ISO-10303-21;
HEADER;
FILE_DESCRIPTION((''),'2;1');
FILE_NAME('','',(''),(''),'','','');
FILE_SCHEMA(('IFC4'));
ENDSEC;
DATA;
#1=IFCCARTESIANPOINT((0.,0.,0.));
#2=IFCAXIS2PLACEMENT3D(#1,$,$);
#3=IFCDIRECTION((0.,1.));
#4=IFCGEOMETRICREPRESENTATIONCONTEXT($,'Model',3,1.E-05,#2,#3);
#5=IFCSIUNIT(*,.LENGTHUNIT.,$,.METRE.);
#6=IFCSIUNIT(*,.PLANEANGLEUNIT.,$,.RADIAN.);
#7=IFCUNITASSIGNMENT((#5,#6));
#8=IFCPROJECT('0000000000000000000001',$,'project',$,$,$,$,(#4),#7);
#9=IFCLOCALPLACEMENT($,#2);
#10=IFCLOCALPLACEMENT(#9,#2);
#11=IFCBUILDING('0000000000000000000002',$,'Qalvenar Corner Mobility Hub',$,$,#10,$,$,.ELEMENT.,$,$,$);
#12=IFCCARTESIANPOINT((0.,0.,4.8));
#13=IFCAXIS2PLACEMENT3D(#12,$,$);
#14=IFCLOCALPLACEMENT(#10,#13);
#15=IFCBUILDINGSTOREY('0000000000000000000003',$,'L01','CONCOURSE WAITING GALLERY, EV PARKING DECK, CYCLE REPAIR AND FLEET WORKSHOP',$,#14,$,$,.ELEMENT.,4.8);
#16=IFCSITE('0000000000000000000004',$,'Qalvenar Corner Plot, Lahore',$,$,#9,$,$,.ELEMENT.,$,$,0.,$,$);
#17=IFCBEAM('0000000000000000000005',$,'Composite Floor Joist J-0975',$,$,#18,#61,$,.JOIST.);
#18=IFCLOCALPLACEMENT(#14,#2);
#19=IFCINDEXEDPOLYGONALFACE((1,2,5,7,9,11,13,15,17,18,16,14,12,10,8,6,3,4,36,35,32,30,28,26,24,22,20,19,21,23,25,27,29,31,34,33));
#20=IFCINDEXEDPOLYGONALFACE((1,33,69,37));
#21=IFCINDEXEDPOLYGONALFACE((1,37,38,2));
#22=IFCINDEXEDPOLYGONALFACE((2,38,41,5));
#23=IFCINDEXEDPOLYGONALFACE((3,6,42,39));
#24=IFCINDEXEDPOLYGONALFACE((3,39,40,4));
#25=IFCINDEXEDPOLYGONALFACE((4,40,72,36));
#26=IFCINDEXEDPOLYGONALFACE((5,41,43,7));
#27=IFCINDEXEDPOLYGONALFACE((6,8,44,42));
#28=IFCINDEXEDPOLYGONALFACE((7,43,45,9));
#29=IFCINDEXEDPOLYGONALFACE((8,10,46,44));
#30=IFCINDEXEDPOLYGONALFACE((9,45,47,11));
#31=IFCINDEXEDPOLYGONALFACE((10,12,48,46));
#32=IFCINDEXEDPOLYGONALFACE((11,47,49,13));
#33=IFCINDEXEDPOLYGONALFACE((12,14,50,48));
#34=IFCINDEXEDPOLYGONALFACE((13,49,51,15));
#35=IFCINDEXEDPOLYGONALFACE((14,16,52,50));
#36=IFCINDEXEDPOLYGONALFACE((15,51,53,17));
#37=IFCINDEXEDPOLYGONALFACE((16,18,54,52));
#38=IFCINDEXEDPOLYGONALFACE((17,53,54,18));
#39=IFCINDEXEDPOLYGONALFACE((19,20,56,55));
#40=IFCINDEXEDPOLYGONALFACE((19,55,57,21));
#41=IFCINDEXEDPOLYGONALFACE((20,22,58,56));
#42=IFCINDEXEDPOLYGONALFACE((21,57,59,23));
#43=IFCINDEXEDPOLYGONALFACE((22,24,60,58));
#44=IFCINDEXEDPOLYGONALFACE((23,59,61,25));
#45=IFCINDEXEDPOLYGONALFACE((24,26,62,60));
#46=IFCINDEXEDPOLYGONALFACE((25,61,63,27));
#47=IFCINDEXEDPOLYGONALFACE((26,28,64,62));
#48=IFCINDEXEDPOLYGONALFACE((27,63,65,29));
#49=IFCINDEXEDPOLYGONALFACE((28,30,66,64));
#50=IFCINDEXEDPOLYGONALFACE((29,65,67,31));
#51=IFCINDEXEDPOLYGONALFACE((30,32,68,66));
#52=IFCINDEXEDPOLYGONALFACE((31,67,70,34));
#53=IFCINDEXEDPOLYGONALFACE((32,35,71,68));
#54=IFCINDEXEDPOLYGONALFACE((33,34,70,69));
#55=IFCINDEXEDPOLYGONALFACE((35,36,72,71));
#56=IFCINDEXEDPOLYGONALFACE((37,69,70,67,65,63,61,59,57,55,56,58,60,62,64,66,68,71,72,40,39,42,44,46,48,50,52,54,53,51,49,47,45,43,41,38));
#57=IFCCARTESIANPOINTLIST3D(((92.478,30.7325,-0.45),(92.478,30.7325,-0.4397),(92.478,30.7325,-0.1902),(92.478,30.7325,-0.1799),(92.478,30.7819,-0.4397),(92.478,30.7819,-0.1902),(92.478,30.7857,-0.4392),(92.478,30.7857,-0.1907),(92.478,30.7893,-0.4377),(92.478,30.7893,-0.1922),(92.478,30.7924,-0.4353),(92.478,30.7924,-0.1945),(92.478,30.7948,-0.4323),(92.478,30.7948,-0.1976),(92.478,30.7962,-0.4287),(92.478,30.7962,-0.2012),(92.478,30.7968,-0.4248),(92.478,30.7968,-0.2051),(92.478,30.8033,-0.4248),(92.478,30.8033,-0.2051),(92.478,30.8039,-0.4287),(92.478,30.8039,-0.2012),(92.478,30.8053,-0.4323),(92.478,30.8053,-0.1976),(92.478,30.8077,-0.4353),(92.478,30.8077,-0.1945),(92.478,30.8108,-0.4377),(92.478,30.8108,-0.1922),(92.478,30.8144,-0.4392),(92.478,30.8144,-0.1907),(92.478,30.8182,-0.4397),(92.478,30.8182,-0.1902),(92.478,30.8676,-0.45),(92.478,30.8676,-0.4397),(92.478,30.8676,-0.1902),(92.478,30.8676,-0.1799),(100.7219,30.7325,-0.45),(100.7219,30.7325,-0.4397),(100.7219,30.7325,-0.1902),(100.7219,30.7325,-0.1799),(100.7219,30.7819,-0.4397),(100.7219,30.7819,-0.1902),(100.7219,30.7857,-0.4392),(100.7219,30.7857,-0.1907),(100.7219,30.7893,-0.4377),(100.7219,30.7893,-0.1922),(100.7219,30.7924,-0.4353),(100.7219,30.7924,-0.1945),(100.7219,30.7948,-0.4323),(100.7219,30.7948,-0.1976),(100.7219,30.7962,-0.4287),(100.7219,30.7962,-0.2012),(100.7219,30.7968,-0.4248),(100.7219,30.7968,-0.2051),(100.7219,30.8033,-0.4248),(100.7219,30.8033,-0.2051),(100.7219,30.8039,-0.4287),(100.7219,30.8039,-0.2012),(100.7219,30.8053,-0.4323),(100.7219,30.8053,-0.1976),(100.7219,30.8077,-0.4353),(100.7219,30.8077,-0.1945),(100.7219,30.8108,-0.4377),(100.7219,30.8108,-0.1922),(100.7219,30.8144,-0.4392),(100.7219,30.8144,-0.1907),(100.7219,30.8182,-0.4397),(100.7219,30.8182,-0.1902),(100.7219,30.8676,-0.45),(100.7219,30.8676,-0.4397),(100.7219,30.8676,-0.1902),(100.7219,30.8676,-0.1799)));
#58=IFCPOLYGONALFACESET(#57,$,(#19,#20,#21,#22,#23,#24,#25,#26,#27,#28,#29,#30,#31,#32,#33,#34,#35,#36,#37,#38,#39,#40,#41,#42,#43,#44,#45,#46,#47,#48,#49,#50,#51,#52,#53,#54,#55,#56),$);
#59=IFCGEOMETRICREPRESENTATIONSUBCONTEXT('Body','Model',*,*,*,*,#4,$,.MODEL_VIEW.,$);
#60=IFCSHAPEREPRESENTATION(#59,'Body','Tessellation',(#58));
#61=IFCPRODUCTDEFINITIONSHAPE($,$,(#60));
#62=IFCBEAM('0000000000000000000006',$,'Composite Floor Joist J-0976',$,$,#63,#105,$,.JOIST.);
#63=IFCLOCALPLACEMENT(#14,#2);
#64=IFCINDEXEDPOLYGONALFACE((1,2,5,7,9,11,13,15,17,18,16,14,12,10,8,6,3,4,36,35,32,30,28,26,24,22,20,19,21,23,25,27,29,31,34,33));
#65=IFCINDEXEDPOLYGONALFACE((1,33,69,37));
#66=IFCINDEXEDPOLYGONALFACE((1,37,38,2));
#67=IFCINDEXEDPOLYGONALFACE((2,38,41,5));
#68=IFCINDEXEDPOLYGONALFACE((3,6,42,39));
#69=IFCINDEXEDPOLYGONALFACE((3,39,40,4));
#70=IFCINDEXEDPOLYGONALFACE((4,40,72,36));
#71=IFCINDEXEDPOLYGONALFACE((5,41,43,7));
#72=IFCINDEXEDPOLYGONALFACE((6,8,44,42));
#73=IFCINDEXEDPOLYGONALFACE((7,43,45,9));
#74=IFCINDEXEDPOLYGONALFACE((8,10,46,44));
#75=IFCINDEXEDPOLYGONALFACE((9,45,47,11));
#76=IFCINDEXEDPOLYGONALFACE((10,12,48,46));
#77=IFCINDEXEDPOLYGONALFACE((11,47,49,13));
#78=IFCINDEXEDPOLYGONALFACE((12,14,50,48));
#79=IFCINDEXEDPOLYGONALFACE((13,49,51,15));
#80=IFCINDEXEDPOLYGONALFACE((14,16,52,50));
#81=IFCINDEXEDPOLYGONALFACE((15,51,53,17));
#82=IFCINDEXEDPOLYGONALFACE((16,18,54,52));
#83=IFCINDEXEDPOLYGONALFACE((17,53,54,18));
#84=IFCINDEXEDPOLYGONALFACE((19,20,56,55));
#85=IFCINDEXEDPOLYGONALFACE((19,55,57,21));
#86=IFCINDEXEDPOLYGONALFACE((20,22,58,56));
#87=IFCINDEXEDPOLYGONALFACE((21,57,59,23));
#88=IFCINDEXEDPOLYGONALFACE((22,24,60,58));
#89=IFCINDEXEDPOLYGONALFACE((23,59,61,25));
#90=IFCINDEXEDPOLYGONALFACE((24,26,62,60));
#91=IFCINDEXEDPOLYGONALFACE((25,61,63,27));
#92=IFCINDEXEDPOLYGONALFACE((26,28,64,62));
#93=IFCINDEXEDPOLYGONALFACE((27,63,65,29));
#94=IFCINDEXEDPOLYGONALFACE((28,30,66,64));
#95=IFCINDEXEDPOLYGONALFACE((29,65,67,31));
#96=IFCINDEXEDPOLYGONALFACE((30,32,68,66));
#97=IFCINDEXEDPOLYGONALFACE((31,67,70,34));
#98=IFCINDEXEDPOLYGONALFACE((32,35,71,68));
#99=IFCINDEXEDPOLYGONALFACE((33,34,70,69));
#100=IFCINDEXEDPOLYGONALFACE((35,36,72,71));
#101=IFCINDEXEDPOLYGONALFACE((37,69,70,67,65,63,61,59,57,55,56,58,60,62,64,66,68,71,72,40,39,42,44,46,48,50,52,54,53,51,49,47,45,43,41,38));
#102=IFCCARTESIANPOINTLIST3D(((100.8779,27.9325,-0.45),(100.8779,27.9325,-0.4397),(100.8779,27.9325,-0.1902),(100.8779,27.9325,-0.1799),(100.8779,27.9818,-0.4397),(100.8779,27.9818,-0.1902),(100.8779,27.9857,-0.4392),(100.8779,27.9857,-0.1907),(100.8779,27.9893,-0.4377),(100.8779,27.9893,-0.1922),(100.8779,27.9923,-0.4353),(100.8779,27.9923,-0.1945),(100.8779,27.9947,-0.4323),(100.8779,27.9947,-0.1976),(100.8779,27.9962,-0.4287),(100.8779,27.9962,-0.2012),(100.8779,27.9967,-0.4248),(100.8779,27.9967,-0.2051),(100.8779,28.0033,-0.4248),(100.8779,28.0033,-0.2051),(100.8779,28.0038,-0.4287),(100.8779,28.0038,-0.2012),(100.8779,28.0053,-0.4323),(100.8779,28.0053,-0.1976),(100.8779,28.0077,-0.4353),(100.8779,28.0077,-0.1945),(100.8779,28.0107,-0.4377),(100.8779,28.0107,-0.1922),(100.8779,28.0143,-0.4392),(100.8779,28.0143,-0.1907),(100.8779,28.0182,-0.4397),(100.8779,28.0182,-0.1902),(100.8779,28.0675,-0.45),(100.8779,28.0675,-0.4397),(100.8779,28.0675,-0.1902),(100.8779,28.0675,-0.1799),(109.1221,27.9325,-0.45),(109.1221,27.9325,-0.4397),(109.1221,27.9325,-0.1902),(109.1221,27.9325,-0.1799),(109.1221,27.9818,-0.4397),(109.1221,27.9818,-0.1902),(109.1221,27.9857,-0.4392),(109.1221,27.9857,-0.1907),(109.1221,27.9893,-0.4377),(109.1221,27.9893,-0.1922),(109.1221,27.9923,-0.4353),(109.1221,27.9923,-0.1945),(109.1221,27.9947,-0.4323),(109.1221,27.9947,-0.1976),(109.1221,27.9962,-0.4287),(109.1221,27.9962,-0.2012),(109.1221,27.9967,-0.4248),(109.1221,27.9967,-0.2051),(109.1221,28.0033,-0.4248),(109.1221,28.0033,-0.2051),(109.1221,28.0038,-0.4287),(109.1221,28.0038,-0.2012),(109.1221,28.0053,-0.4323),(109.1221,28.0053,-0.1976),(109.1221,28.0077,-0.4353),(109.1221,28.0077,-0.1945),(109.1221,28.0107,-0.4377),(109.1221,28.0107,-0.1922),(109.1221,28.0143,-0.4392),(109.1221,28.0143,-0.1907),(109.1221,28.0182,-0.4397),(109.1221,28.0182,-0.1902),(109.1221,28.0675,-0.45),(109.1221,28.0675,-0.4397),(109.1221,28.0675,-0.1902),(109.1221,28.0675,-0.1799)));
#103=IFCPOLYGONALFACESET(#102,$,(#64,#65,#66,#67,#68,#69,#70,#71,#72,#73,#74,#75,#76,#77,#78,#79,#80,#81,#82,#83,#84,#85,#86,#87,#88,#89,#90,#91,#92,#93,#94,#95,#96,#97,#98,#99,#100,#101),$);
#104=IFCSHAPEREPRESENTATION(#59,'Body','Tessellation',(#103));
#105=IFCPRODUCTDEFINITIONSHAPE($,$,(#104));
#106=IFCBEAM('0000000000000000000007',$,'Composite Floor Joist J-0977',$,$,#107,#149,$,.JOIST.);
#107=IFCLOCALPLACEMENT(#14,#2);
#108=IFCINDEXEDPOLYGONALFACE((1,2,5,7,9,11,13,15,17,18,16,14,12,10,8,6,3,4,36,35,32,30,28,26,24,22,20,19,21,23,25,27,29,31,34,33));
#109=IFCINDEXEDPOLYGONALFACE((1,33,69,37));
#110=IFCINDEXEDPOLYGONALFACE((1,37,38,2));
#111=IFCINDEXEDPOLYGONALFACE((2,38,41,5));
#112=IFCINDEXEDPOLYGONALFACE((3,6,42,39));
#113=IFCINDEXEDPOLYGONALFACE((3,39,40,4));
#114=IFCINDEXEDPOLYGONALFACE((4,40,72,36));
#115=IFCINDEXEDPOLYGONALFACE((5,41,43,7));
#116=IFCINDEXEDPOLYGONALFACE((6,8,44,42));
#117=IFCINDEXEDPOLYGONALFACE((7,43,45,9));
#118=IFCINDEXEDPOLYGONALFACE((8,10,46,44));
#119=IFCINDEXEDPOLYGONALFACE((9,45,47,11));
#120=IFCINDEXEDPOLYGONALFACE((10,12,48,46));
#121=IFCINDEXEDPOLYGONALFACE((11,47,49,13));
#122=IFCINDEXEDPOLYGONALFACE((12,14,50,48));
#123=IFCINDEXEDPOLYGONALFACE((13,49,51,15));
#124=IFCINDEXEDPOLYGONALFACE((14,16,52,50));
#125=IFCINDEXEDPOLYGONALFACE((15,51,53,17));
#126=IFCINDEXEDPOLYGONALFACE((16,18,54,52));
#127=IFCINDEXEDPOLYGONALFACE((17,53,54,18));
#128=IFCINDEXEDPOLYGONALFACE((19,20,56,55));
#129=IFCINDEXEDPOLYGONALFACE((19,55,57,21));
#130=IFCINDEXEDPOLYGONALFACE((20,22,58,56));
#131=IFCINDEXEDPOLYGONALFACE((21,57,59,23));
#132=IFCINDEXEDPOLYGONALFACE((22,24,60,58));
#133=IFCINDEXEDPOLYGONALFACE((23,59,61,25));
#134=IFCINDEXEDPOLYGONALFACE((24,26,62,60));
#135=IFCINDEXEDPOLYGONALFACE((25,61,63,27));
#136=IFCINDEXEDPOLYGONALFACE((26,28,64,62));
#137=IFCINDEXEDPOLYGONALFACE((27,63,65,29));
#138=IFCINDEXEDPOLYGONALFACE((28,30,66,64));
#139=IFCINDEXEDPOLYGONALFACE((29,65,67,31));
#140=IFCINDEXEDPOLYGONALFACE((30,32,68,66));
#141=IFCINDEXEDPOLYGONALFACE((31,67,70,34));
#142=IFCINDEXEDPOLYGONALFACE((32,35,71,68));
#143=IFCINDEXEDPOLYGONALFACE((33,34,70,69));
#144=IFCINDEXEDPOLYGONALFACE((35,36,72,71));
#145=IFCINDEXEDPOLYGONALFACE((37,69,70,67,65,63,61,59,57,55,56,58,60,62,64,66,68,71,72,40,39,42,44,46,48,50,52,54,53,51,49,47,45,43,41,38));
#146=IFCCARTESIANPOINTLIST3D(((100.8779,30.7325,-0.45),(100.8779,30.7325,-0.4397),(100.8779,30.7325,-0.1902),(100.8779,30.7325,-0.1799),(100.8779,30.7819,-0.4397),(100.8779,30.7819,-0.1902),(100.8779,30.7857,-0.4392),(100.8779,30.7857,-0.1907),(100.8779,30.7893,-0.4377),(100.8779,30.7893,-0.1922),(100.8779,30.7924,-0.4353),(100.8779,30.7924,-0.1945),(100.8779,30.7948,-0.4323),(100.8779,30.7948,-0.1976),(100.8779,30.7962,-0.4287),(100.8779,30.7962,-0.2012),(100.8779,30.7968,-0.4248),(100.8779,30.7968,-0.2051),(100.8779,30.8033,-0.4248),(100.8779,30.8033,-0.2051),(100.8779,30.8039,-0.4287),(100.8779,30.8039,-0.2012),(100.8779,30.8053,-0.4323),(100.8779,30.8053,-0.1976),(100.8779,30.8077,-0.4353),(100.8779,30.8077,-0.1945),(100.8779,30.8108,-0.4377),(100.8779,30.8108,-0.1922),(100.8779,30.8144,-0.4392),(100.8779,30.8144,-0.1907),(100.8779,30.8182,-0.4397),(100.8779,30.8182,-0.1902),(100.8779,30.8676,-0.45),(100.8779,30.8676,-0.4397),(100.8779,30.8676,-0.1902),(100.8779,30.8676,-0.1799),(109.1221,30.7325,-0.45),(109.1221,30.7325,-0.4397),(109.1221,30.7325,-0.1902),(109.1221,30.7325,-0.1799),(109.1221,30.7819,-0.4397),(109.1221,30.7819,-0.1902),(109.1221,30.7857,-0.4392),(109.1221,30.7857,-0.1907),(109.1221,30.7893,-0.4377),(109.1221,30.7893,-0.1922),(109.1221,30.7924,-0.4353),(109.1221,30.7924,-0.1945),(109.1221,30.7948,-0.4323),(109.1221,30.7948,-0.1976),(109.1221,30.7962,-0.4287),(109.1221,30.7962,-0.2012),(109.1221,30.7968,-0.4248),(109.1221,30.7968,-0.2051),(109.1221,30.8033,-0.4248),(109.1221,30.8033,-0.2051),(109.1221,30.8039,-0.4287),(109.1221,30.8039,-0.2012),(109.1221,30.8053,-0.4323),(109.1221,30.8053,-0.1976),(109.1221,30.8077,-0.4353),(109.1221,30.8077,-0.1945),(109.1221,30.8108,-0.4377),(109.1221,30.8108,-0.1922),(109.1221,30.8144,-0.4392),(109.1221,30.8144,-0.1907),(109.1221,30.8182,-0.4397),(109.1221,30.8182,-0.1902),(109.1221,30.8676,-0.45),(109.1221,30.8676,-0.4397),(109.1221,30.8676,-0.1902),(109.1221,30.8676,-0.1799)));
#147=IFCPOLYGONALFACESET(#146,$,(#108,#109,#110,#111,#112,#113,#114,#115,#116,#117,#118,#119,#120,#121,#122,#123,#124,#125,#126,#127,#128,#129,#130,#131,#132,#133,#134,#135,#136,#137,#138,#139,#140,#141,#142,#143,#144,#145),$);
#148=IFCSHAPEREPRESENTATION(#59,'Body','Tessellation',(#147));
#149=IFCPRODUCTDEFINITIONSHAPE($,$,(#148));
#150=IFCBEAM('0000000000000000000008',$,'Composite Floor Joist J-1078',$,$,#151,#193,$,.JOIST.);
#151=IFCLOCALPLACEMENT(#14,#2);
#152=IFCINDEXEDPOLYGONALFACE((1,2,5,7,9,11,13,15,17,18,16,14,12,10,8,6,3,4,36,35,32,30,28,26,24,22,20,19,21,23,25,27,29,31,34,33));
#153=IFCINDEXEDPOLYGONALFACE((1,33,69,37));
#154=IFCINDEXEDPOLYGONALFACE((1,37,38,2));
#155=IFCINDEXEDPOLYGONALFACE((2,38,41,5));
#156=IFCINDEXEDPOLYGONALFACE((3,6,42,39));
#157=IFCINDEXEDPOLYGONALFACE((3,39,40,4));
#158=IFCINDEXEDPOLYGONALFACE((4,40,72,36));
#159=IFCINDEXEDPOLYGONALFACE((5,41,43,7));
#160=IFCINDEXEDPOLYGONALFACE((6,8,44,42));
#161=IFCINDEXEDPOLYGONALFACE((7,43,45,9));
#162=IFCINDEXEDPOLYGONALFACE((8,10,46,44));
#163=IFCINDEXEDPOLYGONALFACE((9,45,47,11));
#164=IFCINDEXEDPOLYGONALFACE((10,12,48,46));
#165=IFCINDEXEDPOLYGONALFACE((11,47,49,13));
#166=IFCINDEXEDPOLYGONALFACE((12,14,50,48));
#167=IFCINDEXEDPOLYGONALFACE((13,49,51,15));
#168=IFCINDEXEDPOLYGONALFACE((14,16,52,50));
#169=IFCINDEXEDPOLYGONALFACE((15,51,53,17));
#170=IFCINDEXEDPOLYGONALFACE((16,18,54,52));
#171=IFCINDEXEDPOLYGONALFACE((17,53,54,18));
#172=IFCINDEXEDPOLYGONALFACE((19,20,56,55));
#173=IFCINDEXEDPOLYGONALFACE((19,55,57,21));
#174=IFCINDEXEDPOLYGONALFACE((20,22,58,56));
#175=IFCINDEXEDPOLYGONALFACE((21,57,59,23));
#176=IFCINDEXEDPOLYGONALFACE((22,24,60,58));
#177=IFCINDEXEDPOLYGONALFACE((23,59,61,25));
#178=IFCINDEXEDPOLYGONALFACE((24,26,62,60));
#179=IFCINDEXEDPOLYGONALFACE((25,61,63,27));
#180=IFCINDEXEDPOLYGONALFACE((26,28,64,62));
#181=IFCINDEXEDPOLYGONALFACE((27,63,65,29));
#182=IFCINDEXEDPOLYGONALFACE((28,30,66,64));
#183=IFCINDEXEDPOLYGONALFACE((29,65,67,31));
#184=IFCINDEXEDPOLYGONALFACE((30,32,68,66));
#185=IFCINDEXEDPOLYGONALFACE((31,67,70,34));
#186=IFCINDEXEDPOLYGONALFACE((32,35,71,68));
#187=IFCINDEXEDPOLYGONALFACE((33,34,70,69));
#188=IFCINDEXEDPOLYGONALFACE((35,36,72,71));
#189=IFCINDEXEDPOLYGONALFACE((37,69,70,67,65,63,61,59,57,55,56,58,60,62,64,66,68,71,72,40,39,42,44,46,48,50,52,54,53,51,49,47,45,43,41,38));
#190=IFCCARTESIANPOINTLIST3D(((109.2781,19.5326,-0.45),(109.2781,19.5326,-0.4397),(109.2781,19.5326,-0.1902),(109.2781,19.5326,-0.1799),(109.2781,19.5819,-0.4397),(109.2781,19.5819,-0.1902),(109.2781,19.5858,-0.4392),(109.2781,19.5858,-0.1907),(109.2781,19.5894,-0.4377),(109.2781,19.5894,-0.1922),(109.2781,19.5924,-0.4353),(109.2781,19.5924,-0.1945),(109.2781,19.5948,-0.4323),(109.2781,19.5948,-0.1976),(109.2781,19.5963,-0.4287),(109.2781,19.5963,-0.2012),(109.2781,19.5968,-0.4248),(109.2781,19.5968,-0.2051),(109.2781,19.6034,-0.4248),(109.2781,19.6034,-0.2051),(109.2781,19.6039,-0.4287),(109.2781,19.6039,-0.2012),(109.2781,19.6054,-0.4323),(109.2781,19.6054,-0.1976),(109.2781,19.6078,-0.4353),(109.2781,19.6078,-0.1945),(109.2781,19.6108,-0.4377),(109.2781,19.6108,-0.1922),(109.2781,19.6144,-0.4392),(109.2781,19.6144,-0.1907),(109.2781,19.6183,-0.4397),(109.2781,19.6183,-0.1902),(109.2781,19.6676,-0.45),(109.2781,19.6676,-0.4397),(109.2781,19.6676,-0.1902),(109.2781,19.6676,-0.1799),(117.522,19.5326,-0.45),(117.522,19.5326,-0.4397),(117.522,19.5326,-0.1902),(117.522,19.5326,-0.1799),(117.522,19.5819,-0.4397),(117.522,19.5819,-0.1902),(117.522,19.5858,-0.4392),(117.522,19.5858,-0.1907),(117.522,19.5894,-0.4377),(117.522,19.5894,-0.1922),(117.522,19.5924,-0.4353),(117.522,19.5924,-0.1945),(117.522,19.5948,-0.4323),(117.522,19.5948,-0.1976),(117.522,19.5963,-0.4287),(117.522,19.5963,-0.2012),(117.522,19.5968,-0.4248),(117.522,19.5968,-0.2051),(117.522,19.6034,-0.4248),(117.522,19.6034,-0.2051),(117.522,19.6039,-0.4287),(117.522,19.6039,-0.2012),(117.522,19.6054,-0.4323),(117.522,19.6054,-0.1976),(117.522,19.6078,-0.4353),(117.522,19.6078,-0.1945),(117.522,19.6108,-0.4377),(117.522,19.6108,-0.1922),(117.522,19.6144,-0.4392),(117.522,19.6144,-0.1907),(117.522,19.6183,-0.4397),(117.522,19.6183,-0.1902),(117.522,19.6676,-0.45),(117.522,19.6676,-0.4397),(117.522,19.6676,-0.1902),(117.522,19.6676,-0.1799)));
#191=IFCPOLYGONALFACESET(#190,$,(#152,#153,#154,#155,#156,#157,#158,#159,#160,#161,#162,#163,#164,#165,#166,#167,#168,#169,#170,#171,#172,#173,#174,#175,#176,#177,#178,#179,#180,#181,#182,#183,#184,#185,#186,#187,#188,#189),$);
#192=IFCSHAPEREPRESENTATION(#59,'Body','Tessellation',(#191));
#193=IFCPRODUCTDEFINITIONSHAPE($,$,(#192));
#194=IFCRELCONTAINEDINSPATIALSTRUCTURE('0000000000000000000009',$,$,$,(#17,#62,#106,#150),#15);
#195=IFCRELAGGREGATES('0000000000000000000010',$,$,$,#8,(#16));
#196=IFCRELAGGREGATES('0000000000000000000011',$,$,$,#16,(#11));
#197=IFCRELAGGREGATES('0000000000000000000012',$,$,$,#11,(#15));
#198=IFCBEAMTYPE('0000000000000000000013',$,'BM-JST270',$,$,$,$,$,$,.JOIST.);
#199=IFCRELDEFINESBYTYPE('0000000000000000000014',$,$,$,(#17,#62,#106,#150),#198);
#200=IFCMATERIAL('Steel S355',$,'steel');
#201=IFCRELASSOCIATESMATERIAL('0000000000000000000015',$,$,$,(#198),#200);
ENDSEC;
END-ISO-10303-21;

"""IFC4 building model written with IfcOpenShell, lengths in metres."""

from ifc_helpers import new_model, si_unit, direction, frame, origin, origin_2d, place, context, subcontext, project, spatial, i_section, extrude, material, material_profile, profile_set, type_object, element, save


model = new_model("IFC4")

# Units and contexts
model_context = context("Model", 3, precision=1e-05, world=origin(), true_north=direction((0.0, 1.0)))
body_context = subcontext(model_context, "Body", "Model", "MODEL_VIEW")
ifc_project = project(units=[si_unit("LENGTHUNIT", "METRE"), si_unit("PLANEANGLEUNIT", "RADIAN")], contexts=[model_context])

# Site, building, storey
site_placement = place(None, origin())
site = spatial("IfcSite", under=ifc_project, at=site_placement, Name="Qalvenar Corner Plot, Lahore", CompositionType="ELEMENT", RefElevation=0.0)
building_placement = place(site_placement, origin())
building = spatial("IfcBuilding", under=site, at=building_placement, Name="Qalvenar Corner Mobility Hub", CompositionType="ELEMENT")
storey_placement = place(building_placement, frame((0.0, 0.0, 4.8)))
storey = spatial("IfcBuildingStorey", under=building, at=storey_placement, Name="L01", Description="CONCOURSE WAITING GALLERY, EV PARKING DECK, CYCLE REPAIR AND FLEET WORKSHOP", CompositionType="ELEMENT", Elevation=4.8)

# Shared definitions
ifc_material_1 = material(Name="Steel S355", Category="steel")

# Beams
ifc_material_profile_1 = material_profile(ifc_material_1, i_section(OverallWidth=0.135, OverallDepth=0.27, WebThickness=0.0066, FlangeThickness=0.0103, FilletRadius=0.0149, at=origin_2d()), Name="IPE270")
ifc_profile_set_1 = profile_set([ifc_material_profile_1], Name="Steel S355")
beam_type_1 = type_object("IfcBeamType", Name="BM-JST270", PredefinedType="JOIST", material=ifc_profile_set_1)
for number, where, z_axis, x_axis, name in (
    (1, (92.478, 30.8, -0.3149), (1.0, 0.0, 0.0), (0.0, 1.0, 0.0), "Composite Floor Joist J-0975"),
):
    element("IfcBeam", number, at=place(storey_placement, frame(where, z_axis=z_axis, x_axis=x_axis)), inside=storey, type_object=beam_type_1, Name=name, PredefinedType="JOIST", context=body_context, shape_type="SweptSolid", body=[
        extrude(i_section(OverallWidth=0.135, OverallDepth=0.27, WebThickness=0.0066, FlangeThickness=0.0103, FilletRadius=0.0149, at=origin_2d()), origin(), (0.0, 0.0, 1.0), 8.2439),
    ])
for number, where, z_axis, x_axis, name in (
    (2, (100.8779, 28.0, -0.3149), (1.0, 0.0, 0.0), (0.0, 1.0, 0.0), "Composite Floor Joist J-0976"),
    (3, (100.8779, 30.8, -0.3149), (1.0, 0.0, 0.0), (0.0, 1.0, 0.0), "Composite Floor Joist J-0977"),
):
    element("IfcBeam", number, at=place(storey_placement, frame(where, z_axis=z_axis, x_axis=x_axis)), inside=storey, type_object=beam_type_1, Name=name, PredefinedType="JOIST", context=body_context, shape_type="SweptSolid", body=[
        extrude(i_section(OverallWidth=0.135, OverallDepth=0.27, WebThickness=0.0066, FlangeThickness=0.0103, FilletRadius=0.0149, at=origin_2d()), origin(), (0.0, 0.0, 1.0), 8.2441),
    ])
for number, where, z_axis, x_axis, name in (
    (4, (109.2781, 19.6001, -0.3149), (1.0, 0.0, 0.0), (0.0, 1.0, 0.0), "Composite Floor Joist J-1078"),
):
    element("IfcBeam", number, at=place(storey_placement, frame(where, z_axis=z_axis, x_axis=x_axis)), inside=storey, type_object=beam_type_1, Name=name, PredefinedType="JOIST", context=body_context, shape_type="SweptSolid", body=[
        extrude(i_section(OverallWidth=0.135, OverallDepth=0.27, WebThickness=0.0066, FlangeThickness=0.0103, FilletRadius=0.0149, at=origin_2d()), origin(), (0.0, 0.0, 1.0), 8.2439),
    ])

save(model, "model.ifc")
